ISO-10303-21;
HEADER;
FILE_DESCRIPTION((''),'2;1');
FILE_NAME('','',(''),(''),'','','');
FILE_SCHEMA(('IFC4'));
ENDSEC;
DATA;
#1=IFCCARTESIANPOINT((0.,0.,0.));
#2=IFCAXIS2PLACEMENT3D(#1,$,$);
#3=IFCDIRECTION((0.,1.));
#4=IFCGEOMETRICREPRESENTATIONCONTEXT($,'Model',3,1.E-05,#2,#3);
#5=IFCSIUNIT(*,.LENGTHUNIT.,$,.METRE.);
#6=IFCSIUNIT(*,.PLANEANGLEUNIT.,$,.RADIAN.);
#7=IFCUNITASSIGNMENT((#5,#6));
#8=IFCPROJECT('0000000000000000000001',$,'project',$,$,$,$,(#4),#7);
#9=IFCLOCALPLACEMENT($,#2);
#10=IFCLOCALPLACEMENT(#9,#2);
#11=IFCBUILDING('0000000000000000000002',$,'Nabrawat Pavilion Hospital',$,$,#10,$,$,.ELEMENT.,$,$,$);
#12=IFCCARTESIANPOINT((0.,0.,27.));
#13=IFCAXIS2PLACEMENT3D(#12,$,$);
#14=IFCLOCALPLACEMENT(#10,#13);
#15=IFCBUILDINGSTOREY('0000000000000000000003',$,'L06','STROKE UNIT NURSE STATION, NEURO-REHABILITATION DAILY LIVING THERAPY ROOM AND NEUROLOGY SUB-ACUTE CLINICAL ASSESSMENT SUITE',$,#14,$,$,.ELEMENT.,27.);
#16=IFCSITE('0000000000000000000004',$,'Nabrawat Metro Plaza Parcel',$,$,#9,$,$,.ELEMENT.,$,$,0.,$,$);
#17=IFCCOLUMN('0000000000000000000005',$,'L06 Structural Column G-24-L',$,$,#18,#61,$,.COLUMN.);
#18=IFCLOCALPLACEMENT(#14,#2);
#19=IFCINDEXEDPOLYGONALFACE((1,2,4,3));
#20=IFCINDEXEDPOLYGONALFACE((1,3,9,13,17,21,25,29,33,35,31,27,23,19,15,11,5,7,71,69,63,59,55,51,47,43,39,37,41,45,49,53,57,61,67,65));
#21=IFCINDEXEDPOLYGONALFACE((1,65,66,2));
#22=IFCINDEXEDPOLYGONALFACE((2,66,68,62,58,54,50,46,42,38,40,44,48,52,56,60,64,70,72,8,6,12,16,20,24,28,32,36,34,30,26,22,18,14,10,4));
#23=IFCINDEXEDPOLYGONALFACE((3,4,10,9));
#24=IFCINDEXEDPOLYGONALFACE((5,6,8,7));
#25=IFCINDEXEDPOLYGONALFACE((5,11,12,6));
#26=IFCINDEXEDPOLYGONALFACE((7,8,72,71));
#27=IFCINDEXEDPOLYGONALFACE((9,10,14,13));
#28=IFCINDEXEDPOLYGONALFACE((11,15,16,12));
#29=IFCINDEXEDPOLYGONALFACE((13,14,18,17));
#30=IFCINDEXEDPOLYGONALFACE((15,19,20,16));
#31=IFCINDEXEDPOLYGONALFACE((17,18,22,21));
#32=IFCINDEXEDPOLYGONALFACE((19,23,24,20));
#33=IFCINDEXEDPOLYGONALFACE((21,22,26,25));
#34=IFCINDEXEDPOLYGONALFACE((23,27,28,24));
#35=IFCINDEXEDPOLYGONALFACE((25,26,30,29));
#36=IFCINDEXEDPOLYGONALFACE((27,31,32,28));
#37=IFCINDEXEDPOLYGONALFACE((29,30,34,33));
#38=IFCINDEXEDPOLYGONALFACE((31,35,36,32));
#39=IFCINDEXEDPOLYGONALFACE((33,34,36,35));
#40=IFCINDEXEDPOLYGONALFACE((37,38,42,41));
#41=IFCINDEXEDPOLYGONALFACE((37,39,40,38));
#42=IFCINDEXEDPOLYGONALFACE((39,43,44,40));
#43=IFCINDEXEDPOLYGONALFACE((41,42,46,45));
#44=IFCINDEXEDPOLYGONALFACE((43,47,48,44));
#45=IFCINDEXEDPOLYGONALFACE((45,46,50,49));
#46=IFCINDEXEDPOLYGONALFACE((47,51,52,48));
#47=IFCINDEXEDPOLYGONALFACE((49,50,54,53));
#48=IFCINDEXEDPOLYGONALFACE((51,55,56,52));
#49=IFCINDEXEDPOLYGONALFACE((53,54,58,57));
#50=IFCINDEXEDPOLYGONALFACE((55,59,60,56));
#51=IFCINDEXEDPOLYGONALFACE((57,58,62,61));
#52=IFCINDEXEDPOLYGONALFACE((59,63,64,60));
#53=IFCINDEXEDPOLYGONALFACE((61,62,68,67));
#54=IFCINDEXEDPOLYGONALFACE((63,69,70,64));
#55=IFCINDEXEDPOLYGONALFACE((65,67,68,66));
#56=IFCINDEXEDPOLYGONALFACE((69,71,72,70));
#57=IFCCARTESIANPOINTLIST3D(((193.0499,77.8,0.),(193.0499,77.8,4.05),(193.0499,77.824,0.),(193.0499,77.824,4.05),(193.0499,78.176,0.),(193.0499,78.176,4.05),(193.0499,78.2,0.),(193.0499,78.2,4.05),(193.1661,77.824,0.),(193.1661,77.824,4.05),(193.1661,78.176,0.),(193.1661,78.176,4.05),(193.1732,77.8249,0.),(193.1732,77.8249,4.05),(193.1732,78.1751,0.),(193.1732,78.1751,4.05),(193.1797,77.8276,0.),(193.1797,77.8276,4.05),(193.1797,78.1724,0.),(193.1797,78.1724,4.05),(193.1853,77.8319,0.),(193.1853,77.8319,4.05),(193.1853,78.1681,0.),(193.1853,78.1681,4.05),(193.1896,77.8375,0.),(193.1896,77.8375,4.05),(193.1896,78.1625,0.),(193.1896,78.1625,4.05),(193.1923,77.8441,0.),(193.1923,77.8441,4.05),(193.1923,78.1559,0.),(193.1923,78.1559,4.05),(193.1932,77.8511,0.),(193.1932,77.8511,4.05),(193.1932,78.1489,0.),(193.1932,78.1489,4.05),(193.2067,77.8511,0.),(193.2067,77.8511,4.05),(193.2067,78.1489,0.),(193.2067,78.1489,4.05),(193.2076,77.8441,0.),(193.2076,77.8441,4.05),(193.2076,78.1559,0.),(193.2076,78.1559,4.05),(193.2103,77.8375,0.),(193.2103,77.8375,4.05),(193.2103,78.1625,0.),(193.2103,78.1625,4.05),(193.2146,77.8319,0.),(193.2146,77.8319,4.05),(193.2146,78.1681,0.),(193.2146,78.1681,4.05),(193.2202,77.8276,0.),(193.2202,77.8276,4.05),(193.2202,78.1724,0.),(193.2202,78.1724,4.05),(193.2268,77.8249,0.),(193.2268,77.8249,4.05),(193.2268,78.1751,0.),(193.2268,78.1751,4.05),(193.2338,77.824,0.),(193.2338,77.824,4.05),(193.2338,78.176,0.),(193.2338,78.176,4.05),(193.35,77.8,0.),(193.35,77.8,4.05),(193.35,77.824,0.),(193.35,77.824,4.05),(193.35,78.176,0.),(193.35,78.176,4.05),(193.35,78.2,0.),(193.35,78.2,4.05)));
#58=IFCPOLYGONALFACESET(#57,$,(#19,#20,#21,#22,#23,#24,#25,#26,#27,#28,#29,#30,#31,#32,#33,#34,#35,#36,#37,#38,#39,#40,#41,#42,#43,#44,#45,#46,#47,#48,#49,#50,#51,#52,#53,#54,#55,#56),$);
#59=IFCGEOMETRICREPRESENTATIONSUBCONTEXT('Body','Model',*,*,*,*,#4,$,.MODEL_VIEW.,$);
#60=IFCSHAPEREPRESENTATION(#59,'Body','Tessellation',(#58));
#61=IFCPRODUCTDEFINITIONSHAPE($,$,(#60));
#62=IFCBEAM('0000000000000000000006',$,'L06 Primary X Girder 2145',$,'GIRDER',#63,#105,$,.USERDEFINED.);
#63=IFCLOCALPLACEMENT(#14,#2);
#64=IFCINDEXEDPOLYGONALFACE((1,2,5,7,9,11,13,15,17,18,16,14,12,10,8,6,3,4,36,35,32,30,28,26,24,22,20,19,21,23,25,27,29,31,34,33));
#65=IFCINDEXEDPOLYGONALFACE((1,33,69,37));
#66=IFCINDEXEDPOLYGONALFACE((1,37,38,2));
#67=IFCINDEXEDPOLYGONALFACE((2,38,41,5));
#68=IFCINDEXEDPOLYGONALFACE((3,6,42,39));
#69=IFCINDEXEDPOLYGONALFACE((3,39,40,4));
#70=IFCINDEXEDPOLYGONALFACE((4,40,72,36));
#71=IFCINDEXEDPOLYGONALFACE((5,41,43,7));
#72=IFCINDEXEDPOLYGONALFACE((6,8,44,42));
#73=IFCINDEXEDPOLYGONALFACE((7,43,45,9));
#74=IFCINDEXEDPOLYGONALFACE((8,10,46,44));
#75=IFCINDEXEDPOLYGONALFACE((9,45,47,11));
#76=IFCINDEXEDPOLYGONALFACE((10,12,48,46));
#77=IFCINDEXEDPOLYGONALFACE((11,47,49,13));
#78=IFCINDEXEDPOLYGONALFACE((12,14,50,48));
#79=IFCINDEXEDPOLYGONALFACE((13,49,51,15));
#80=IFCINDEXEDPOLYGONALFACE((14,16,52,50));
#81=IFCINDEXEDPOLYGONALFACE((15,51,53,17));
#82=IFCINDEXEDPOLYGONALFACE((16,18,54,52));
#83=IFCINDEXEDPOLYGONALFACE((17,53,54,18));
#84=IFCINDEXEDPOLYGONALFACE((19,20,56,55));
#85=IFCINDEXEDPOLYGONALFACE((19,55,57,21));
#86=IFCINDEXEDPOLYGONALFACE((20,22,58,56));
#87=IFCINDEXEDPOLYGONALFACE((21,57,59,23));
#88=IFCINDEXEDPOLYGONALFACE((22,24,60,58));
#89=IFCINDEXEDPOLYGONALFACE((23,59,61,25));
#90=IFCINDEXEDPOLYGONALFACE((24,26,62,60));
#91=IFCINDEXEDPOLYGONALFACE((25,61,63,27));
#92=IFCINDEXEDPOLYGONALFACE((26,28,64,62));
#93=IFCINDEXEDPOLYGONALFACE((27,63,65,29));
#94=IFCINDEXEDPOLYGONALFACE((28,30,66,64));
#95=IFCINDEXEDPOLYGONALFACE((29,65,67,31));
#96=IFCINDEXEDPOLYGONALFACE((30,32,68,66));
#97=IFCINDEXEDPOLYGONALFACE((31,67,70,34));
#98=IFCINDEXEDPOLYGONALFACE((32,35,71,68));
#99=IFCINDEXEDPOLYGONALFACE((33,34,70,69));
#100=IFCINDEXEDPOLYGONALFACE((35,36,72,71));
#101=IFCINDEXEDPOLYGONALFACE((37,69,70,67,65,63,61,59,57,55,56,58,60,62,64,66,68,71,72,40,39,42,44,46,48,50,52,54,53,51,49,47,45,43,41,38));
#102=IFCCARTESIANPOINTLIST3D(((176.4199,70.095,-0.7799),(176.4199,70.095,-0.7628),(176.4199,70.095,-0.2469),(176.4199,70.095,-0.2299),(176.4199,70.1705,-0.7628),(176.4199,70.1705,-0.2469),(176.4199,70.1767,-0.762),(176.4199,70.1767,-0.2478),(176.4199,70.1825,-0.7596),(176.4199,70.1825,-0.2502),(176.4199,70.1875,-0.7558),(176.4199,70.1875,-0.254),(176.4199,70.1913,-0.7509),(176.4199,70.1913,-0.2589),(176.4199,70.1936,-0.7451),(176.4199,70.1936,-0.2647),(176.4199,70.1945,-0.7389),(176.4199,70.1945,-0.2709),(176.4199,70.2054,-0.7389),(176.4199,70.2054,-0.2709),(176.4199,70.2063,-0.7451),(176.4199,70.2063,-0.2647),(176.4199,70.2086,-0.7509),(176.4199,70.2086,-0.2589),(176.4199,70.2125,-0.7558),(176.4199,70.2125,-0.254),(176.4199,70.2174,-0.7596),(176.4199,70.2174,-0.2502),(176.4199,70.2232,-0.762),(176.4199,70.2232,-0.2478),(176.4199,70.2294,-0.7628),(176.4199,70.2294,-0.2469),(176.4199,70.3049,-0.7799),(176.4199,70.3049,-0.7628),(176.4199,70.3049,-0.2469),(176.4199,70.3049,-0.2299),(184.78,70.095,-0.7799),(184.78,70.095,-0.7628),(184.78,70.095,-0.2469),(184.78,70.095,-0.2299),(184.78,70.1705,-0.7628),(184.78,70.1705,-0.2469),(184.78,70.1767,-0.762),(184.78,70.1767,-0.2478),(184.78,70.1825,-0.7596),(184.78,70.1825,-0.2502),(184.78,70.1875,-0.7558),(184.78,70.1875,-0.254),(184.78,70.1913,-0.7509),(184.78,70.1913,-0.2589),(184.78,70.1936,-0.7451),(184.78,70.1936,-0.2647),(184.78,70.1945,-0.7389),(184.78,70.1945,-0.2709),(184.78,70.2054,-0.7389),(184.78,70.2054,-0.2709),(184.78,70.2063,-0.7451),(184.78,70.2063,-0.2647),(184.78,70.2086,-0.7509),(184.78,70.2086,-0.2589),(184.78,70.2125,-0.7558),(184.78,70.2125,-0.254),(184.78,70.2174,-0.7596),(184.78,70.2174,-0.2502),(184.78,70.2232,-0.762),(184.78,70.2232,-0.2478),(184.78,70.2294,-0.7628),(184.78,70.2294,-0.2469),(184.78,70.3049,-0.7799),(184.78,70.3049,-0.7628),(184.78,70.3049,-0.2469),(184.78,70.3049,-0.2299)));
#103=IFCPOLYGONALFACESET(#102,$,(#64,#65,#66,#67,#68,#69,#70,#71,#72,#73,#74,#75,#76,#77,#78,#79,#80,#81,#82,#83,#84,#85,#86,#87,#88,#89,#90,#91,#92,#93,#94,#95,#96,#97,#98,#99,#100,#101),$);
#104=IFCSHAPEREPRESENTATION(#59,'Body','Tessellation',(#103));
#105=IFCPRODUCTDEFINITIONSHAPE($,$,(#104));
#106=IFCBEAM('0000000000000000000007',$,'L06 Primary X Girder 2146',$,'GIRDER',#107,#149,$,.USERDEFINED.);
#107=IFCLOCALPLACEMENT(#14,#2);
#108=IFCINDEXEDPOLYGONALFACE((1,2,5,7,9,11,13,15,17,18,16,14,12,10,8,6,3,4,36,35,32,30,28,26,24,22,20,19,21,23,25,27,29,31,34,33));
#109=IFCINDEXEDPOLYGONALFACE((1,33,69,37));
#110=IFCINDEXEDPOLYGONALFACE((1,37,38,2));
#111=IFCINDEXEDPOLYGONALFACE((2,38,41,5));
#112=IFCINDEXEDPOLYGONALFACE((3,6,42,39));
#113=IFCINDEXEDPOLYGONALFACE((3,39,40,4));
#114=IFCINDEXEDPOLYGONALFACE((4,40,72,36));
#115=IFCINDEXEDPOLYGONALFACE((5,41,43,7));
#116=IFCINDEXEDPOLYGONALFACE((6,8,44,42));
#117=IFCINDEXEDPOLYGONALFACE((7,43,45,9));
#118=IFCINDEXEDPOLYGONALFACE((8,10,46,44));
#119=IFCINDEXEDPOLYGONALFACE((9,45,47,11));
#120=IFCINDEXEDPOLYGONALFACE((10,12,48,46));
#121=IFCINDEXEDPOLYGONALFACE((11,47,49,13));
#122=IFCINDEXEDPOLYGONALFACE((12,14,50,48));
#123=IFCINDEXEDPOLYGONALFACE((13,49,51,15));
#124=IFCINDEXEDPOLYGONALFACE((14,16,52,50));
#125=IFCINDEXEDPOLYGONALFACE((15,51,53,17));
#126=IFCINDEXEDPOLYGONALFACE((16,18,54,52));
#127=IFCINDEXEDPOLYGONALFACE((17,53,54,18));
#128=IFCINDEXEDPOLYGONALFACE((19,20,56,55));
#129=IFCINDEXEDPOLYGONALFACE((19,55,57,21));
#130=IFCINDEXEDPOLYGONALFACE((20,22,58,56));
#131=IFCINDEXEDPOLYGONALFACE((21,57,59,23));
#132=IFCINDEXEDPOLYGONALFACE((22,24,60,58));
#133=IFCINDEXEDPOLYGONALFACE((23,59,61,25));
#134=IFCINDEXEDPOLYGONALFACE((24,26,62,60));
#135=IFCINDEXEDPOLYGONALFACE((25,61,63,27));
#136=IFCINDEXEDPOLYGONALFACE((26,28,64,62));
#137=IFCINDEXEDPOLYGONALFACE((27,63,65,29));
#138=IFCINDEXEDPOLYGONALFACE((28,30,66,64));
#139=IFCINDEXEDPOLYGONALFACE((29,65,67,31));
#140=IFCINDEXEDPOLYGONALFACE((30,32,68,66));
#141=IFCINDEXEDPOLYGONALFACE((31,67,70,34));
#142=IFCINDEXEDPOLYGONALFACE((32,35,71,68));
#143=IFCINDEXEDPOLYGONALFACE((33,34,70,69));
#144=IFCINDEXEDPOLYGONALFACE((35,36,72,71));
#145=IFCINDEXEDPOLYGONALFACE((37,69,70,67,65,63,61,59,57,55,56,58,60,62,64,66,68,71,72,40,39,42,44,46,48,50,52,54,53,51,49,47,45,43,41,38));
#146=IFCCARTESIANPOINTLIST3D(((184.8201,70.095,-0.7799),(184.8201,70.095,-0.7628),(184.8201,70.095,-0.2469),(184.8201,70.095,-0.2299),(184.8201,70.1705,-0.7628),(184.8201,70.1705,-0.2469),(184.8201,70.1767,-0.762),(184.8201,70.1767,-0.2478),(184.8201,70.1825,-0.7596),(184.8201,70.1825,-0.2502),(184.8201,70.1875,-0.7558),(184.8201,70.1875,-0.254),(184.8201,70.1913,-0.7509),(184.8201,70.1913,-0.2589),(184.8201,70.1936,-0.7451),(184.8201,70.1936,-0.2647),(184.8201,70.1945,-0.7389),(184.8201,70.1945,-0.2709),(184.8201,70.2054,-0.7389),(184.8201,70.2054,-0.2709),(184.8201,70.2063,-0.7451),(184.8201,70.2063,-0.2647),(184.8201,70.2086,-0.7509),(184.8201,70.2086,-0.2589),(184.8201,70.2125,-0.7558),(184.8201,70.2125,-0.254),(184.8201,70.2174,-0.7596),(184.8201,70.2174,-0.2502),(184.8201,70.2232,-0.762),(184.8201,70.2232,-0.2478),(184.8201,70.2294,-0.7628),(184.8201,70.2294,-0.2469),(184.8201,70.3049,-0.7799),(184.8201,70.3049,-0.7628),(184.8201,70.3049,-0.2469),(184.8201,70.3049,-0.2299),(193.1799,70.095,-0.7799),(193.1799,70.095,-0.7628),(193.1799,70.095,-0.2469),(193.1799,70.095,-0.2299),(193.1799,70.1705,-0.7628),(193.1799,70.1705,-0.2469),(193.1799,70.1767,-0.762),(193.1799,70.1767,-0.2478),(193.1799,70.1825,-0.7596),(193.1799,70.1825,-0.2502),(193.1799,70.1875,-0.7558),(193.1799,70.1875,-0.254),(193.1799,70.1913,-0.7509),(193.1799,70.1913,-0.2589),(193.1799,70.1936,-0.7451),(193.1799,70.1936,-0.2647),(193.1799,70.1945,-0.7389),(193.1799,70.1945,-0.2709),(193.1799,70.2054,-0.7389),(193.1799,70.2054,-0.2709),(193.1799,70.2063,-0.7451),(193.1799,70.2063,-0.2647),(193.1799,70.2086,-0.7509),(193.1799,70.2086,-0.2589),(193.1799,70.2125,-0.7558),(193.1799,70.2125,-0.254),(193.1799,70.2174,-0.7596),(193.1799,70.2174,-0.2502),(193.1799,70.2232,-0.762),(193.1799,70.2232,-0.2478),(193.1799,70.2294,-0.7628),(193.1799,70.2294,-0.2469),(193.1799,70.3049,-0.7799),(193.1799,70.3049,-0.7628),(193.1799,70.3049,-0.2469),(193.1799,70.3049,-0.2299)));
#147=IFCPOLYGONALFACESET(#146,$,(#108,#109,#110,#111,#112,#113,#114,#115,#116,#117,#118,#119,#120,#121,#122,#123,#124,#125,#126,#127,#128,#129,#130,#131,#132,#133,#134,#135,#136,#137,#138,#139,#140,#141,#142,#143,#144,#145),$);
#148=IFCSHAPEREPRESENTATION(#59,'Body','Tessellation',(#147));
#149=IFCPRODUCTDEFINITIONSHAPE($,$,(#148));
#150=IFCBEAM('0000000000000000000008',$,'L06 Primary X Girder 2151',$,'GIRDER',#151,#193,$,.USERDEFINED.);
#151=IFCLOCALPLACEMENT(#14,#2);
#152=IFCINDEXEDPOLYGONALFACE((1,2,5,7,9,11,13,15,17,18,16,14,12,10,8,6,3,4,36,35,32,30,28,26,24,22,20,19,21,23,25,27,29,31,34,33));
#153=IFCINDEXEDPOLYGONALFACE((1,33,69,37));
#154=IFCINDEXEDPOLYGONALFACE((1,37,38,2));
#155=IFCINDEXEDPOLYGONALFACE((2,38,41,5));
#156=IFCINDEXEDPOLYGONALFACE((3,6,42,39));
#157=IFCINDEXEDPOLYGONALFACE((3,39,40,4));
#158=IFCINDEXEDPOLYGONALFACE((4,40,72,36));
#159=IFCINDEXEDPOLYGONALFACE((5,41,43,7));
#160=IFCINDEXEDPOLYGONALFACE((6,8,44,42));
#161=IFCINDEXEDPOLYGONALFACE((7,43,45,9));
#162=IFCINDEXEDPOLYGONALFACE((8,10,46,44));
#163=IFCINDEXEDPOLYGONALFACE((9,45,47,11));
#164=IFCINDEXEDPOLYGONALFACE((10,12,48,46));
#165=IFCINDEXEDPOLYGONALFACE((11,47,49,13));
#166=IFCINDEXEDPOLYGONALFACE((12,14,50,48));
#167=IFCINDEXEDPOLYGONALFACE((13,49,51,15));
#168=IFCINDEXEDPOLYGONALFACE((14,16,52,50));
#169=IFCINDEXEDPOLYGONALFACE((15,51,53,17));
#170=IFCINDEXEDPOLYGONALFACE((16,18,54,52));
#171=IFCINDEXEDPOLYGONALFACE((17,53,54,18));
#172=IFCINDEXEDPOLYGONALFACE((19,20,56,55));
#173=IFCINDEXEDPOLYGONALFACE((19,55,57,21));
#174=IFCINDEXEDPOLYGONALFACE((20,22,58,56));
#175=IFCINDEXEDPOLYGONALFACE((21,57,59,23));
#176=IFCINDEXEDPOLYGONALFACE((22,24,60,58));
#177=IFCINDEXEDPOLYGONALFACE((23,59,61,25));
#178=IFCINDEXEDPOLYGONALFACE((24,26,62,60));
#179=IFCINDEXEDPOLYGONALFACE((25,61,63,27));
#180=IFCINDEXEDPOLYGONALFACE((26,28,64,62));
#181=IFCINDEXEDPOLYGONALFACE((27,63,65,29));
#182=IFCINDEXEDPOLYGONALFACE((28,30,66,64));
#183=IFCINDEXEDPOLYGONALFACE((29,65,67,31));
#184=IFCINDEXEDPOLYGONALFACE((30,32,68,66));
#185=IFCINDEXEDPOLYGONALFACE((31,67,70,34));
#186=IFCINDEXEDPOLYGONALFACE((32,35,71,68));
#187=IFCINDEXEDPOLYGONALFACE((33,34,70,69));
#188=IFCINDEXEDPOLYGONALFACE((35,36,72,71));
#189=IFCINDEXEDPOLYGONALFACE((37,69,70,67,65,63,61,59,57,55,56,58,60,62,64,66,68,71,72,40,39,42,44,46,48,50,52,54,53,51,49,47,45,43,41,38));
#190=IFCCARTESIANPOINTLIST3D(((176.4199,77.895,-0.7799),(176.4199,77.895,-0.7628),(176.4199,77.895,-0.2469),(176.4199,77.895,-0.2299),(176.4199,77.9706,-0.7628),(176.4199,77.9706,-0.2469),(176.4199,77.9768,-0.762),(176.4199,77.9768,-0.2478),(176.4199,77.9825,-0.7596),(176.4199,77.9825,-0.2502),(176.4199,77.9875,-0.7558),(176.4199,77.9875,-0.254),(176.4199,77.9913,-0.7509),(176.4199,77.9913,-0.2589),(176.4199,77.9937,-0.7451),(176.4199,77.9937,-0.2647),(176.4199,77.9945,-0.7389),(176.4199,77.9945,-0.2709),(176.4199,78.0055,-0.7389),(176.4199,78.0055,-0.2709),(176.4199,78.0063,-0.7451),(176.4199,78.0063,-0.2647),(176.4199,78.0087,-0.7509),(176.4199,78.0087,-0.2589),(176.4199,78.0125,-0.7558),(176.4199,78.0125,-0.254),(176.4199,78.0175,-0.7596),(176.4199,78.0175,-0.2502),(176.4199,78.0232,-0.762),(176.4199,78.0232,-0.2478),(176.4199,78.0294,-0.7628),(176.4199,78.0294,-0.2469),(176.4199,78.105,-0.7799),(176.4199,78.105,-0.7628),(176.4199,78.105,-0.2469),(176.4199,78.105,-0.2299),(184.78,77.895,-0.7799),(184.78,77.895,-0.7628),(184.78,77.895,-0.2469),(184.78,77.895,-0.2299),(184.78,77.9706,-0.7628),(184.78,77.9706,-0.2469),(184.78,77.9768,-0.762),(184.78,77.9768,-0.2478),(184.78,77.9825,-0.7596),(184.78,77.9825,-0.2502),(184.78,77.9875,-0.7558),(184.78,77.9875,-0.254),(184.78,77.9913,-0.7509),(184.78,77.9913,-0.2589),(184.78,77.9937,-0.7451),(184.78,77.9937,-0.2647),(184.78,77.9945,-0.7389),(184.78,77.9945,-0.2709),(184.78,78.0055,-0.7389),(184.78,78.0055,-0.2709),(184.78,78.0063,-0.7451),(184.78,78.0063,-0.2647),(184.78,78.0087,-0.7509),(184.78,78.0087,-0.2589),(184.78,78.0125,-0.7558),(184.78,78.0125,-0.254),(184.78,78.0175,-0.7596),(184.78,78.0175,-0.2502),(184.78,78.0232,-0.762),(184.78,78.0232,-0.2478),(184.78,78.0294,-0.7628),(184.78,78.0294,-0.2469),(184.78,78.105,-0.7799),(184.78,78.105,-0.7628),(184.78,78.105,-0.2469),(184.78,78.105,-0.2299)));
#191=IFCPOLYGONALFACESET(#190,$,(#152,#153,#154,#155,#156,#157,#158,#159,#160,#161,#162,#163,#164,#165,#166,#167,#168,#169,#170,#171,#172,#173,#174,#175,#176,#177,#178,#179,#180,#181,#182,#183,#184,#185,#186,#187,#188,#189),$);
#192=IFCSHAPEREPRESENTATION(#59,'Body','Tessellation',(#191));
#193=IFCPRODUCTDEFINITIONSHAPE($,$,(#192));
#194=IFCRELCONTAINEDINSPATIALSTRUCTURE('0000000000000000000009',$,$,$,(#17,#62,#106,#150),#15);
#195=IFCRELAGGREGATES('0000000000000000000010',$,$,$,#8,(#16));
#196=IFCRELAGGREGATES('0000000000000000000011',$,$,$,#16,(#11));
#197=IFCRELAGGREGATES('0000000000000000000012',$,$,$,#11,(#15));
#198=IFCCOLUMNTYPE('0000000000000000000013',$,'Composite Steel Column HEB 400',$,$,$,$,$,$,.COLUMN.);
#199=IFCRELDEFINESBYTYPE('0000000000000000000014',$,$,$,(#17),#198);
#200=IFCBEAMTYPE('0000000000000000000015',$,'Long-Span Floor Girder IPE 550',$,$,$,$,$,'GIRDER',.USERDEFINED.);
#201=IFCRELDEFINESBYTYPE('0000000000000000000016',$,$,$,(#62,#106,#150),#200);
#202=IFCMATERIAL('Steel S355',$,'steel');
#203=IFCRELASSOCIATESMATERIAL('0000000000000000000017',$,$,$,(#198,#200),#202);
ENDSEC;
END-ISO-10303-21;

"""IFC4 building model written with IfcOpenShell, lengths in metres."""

from ifc_helpers import new_model, si_unit, direction, frame, origin, origin_2d, place, context, subcontext, project, spatial, i_section, extrude, material, material_profile, profile_set, type_object, element, save


model = new_model("IFC4")

# Units and contexts
model_context = context("Model", 3, precision=1e-05, world=origin(), true_north=direction((0.0, 1.0)))
body_context = subcontext(model_context, "Body", "Model", "MODEL_VIEW")
ifc_project = project(units=[si_unit("LENGTHUNIT", "METRE"), si_unit("PLANEANGLEUNIT", "RADIAN")], contexts=[model_context])

# Site, building, storey
site_placement = place(None, origin())
site = spatial("IfcSite", under=ifc_project, at=site_placement, Name="Nabrawat Metro Plaza Parcel", CompositionType="ELEMENT", RefElevation=0.0)
building_placement = place(site_placement, origin())
building = spatial("IfcBuilding", under=site, at=building_placement, Name="Nabrawat Pavilion Hospital", CompositionType="ELEMENT")
storey_placement = place(building_placement, frame((0.0, 0.0, 27.0)))
storey = spatial("IfcBuildingStorey", under=building, at=storey_placement, Name="L06", Description="STROKE UNIT NURSE STATION, NEURO-REHABILITATION DAILY LIVING THERAPY ROOM AND NEUROLOGY SUB-ACUTE CLINICAL ASSESSMENT SUITE", CompositionType="ELEMENT", Elevation=27.0)

# Column
ifc_material_1 = material(Name="Steel S355", Category="steel")
ifc_material_profile_1 = material_profile(ifc_material_1, i_section(OverallWidth=0.3, OverallDepth=0.3999, WebThickness=0.0134, FlangeThickness=0.0239, FilletRadius=0.0271, at=origin_2d()), Name="HEB 400")
ifc_profile_set_1 = profile_set([ifc_material_profile_1], Name="Steel S355")
column_type = type_object("IfcColumnType", Name="Composite Steel Column HEB 400", PredefinedType="COLUMN", material=ifc_profile_set_1)
for number, where, z_axis, x_axis, name in (
    (1, (193.2, 78.0, 0.0), (0.0, 0.0, 1.0), (1.0, 0.0, 0.0), "L06 Structural Column G-24-L"),
):
    element("IfcColumn", number, at=place(storey_placement, frame(where, z_axis=z_axis, x_axis=x_axis)), inside=storey, type_object=column_type, Name=name, PredefinedType="COLUMN", context=body_context, shape_type="SweptSolid", body=[
        extrude(i_section(OverallWidth=0.3, OverallDepth=0.3999, WebThickness=0.0134, FlangeThickness=0.0239, FilletRadius=0.0271, at=origin_2d()), origin(), (0.0, 0.0, 1.0), 4.05),
    ])

# Beams
ifc_material_profile_2 = material_profile(ifc_material_1, i_section(OverallWidth=0.21, OverallDepth=0.55, WebThickness=0.011, FlangeThickness=0.0171, FilletRadius=0.0239, at=origin_2d()), Name="IPE 550")
ifc_profile_set_2 = profile_set([ifc_material_profile_2], Name="Steel S355")
beam_type_1 = type_object("IfcBeamType", Name="Long-Span Floor Girder IPE 550", ElementType="GIRDER", PredefinedType="USERDEFINED", material=ifc_profile_set_2)
beam_1_placement = place(storey_placement, frame((176.4199, 70.2, -0.5049), z_axis=(1.0, 0.0, 0.0), x_axis=(0.0, 1.0, 0.0)))
element("IfcBeam", 2, at=beam_1_placement, inside=storey, type_object=beam_type_1, Name="L06 Primary X Girder 2145", ObjectType="GIRDER", PredefinedType="USERDEFINED", context=body_context, shape_type="SweptSolid", body=[
    extrude(i_section(OverallWidth=0.21, OverallDepth=0.55, WebThickness=0.011, FlangeThickness=0.0171, FilletRadius=0.0239, at=origin_2d()), origin(), (0.0, 0.0, 1.0), 8.3601),
])
beam_2_placement = place(storey_placement, frame((184.8201, 70.2, -0.5049), z_axis=(1.0, 0.0, 0.0), x_axis=(0.0, 1.0, 0.0)))
element("IfcBeam", 3, at=beam_2_placement, inside=storey, type_object=beam_type_1, Name="L06 Primary X Girder 2146", ObjectType="GIRDER", PredefinedType="USERDEFINED", context=body_context, shape_type="SweptSolid", body=[
    extrude(i_section(OverallWidth=0.21, OverallDepth=0.55, WebThickness=0.011, FlangeThickness=0.0171, FilletRadius=0.0239, at=origin_2d()), origin(), (0.0, 0.0, 1.0), 8.3599),
])
beam_3_placement = place(storey_placement, frame((176.4199, 78.0, -0.5049), z_axis=(1.0, 0.0, 0.0), x_axis=(0.0, 1.0, 0.0)))
element("IfcBeam", 4, at=beam_3_placement, inside=storey, type_object=beam_type_1, Name="L06 Primary X Girder 2151", ObjectType="GIRDER", PredefinedType="USERDEFINED", context=body_context, shape_type="SweptSolid", body=[
    extrude(i_section(OverallWidth=0.21, OverallDepth=0.55, WebThickness=0.011, FlangeThickness=0.0171, FilletRadius=0.0239, at=origin_2d()), origin(), (0.0, 0.0, 1.0), 8.3601),
])

save(model, "model.ifc")
